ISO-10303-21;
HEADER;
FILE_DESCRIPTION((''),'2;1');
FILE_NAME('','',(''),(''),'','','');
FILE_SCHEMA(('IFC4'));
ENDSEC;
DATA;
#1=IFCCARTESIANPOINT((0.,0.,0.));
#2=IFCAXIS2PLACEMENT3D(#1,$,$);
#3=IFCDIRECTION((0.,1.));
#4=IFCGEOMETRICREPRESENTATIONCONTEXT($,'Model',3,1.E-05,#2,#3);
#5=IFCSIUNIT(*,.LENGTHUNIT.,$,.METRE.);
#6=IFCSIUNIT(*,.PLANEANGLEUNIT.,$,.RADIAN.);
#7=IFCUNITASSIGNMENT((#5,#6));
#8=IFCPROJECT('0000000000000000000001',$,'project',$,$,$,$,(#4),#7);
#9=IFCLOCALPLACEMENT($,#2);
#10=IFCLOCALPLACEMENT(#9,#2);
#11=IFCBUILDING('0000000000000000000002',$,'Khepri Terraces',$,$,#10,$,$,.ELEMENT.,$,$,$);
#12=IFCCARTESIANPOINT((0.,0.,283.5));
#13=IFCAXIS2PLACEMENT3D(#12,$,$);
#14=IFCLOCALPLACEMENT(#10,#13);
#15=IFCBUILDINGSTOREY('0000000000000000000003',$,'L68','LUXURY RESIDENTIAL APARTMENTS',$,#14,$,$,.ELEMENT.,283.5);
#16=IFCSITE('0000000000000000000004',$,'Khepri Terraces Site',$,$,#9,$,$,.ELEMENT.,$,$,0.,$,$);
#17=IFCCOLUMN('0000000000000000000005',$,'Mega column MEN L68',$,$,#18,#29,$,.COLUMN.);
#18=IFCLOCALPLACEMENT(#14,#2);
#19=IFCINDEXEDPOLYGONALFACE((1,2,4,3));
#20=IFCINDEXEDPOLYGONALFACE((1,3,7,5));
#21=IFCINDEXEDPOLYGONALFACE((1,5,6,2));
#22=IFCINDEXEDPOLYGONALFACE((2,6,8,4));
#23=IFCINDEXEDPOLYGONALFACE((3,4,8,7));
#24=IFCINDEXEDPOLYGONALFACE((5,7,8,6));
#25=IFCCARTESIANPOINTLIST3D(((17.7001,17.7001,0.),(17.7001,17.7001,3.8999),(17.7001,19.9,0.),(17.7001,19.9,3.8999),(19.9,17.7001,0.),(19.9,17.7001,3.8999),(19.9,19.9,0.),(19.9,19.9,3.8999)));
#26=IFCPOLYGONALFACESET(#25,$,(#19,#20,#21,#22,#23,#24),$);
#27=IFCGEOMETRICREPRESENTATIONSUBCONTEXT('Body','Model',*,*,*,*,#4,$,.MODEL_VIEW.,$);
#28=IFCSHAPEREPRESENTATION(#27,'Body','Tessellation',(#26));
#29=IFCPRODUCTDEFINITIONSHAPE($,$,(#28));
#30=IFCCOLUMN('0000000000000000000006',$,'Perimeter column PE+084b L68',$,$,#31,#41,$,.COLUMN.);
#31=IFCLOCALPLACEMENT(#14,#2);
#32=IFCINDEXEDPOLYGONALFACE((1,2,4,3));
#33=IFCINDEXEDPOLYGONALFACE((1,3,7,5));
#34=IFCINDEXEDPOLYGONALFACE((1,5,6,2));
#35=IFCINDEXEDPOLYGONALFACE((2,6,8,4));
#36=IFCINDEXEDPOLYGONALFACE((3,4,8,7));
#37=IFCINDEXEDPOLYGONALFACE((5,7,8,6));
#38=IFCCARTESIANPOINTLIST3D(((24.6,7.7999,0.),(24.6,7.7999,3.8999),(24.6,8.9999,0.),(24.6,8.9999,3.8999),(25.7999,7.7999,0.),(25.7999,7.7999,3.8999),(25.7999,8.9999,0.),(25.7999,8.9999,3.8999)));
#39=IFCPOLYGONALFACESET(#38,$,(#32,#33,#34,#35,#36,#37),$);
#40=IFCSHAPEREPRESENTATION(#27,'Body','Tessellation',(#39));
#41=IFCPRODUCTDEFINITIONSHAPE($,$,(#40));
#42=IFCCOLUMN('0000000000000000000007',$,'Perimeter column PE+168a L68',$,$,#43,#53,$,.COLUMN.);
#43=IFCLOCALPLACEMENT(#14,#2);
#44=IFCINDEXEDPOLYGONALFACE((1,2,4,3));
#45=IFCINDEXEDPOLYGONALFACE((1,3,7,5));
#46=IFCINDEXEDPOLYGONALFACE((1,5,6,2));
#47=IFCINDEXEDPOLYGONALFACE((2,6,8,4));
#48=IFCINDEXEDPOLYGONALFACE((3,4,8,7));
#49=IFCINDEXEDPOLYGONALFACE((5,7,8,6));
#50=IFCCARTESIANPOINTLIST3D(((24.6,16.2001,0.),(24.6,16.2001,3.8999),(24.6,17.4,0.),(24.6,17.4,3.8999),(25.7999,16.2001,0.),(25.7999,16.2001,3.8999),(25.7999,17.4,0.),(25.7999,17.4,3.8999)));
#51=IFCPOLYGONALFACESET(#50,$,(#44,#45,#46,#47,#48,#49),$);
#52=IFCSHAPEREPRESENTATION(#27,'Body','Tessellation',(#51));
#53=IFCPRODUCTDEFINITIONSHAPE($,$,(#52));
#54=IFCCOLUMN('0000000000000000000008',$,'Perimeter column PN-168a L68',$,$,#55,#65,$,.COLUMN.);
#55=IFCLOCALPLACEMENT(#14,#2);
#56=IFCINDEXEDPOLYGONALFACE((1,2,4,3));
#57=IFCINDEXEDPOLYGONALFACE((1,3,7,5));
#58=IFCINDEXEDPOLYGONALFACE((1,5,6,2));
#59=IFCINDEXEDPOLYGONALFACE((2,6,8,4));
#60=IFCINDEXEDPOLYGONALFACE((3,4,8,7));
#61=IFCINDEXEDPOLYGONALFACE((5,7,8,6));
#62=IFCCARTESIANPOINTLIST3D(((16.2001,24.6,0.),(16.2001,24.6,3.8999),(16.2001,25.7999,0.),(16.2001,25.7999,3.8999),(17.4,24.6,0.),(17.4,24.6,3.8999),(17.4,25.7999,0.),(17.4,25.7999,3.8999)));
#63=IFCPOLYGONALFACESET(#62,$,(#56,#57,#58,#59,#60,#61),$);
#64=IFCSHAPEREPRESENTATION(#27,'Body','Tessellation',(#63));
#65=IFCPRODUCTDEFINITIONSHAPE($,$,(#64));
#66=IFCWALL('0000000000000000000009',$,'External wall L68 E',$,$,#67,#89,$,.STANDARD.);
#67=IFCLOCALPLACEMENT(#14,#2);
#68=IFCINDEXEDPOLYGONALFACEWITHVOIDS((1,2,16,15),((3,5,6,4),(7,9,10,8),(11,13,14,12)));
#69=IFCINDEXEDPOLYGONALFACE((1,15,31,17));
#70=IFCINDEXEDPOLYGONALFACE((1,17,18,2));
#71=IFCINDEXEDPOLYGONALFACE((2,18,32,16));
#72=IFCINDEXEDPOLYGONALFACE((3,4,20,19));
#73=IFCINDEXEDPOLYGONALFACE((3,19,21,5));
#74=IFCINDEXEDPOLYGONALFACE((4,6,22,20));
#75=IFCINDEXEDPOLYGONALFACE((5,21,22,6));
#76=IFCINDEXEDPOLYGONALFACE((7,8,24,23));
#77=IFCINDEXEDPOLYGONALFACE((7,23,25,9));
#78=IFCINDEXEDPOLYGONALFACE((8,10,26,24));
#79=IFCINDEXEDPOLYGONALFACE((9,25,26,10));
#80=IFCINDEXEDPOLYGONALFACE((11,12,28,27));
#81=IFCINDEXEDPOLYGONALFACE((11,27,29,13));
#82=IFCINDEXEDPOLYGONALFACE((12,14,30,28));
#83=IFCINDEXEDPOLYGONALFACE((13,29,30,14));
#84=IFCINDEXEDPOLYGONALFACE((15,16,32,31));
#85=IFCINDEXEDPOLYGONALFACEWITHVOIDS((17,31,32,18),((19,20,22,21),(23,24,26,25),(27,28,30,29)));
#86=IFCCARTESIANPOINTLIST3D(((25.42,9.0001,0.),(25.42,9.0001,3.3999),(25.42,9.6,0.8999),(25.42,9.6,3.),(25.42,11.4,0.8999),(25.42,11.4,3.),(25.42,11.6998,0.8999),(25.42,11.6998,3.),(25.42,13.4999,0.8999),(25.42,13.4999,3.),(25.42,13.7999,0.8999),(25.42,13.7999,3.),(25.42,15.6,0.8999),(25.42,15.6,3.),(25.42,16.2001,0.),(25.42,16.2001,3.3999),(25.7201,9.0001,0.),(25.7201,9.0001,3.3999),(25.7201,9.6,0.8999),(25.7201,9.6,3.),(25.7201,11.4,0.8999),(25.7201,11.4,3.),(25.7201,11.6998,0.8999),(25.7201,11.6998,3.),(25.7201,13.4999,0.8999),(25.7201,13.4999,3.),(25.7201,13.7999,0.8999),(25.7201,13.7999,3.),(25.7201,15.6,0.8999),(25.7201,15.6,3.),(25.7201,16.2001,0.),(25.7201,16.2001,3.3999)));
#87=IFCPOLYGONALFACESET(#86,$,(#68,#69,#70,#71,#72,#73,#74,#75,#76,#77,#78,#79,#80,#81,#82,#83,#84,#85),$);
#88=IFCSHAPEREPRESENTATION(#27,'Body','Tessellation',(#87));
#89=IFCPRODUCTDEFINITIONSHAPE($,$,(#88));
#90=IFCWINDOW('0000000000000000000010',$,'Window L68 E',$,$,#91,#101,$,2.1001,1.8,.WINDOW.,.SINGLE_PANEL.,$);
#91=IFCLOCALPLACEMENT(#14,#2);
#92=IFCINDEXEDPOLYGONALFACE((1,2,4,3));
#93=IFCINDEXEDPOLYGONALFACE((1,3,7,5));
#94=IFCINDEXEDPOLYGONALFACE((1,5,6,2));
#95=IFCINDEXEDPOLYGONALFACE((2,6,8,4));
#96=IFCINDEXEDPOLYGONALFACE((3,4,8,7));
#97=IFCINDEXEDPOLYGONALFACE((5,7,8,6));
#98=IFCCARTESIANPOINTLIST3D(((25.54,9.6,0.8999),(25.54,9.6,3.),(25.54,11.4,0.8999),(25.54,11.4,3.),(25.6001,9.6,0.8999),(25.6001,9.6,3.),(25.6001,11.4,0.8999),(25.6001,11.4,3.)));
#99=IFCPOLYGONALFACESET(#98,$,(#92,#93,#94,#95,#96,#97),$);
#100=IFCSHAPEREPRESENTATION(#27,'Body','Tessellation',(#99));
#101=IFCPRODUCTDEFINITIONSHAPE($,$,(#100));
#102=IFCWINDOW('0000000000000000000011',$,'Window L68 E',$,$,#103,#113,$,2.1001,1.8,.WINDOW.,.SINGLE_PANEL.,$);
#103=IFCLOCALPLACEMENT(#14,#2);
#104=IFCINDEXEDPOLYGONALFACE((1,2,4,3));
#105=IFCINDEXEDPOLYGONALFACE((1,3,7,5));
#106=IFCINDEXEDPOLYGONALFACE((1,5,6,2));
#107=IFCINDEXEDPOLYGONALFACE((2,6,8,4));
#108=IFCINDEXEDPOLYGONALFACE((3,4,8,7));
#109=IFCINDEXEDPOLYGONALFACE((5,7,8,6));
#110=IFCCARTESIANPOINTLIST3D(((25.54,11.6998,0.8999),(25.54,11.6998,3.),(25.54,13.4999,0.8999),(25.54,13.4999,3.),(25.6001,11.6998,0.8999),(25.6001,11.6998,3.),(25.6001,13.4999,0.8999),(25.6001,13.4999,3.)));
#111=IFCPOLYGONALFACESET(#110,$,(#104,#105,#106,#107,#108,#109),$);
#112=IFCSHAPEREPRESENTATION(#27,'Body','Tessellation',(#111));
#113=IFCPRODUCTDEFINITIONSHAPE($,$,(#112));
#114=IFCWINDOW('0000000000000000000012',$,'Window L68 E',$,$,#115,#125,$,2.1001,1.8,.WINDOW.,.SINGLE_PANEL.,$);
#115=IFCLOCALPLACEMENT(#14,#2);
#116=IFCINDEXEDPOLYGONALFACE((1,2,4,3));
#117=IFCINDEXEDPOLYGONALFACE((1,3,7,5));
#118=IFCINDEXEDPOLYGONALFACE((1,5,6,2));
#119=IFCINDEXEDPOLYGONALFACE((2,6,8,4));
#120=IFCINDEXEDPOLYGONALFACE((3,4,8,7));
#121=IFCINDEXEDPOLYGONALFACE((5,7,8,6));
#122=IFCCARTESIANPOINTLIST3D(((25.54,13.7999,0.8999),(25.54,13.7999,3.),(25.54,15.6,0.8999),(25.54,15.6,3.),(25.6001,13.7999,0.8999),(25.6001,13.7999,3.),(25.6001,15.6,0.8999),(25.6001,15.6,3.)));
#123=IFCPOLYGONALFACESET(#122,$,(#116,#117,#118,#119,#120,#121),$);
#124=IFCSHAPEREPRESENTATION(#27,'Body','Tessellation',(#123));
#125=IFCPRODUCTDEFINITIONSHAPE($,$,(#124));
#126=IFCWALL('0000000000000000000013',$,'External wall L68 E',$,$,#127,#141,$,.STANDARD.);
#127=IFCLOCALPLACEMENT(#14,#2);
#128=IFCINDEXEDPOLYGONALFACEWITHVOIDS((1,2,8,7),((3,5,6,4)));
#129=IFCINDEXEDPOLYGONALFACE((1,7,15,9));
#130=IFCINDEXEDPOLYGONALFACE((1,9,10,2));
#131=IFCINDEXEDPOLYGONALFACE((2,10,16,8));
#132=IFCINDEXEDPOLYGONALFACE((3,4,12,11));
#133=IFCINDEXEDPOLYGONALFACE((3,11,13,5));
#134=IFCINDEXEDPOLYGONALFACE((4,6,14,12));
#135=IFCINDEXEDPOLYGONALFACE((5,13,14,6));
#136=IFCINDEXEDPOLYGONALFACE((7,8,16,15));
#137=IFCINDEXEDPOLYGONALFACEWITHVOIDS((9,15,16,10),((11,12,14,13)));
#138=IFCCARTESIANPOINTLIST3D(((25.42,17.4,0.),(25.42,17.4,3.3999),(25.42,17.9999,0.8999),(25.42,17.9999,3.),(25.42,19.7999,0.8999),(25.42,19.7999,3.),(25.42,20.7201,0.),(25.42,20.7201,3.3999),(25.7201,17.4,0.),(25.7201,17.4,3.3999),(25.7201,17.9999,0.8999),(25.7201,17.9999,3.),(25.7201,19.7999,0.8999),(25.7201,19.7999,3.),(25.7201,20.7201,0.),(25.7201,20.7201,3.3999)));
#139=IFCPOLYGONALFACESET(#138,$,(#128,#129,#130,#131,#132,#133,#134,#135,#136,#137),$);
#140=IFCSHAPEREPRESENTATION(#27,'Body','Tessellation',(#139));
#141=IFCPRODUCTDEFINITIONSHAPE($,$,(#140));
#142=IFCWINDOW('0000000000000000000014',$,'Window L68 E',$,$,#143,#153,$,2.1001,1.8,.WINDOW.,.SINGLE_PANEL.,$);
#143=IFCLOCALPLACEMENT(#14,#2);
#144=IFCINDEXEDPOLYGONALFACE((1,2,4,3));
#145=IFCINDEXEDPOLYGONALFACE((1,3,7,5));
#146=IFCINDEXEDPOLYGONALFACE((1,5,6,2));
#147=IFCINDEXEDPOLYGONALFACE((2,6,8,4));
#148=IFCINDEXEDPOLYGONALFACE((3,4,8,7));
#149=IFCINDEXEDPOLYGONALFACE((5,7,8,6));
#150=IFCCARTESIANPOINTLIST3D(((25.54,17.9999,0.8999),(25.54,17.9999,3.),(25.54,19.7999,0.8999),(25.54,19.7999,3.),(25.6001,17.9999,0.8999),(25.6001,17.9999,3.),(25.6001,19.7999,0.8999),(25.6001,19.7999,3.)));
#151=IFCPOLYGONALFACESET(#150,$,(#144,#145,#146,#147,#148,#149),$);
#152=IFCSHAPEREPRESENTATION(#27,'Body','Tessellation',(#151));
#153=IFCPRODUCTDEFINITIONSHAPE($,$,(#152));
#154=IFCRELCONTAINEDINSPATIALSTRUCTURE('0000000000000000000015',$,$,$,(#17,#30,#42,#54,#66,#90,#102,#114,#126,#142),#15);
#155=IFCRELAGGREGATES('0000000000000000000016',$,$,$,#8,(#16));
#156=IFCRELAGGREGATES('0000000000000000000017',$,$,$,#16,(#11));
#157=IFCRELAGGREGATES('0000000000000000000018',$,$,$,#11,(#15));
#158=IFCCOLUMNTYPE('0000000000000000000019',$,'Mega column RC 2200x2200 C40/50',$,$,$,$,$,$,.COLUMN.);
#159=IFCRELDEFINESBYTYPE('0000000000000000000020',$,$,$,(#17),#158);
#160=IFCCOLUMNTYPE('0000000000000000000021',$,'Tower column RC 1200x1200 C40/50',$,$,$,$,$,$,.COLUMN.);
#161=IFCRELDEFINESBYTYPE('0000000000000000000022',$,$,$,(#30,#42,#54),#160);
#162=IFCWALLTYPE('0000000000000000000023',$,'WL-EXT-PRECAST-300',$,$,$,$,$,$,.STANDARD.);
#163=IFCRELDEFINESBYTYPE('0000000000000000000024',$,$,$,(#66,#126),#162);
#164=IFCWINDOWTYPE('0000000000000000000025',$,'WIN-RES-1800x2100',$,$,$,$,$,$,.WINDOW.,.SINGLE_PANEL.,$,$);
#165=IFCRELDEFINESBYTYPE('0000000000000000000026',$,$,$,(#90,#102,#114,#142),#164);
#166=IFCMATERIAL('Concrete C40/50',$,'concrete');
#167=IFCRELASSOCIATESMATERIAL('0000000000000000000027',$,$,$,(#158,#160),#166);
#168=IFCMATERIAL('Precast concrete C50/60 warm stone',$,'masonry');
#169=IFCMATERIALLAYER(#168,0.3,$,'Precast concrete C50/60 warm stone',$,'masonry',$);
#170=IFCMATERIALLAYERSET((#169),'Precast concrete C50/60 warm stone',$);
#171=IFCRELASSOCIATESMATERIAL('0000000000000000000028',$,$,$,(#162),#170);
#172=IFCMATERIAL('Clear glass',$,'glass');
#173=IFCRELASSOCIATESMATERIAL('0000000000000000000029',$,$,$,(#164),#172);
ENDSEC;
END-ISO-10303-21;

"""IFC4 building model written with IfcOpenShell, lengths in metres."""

from ifc_helpers import new_model, si_unit, direction, frame, frame_2d, origin, origin_2d, place, context, subcontext, project, spatial, rectangle, extrude, material, layer, layer_set, material_profile, profile_set, type_object, element, fill, save


model = new_model("IFC4")

# Units and contexts
model_context = context("Model", 3, precision=1e-05, world=origin(), true_north=direction((0.0, 1.0)))
body_context = subcontext(model_context, "Body", "Model", "MODEL_VIEW")
ifc_project = project(units=[si_unit("LENGTHUNIT", "METRE"), si_unit("PLANEANGLEUNIT", "RADIAN")], contexts=[model_context])

# Site, building, storey
site_placement = place(None, origin())
site = spatial("IfcSite", under=ifc_project, at=site_placement, Name="Khepri Terraces Site", CompositionType="ELEMENT", RefElevation=0.0)
building_placement = place(site_placement, origin())
building = spatial("IfcBuilding", under=site, at=building_placement, Name="Khepri Terraces", CompositionType="ELEMENT")
storey_placement = place(building_placement, frame((0.0, 0.0, 283.5)))
storey = spatial("IfcBuildingStorey", under=building, at=storey_placement, Name="L68", Description="LUXURY RESIDENTIAL APARTMENTS", CompositionType="ELEMENT", Elevation=283.5)

# Columns
ifc_material_1 = material(Name="Concrete C40/50", Category="concrete")
ifc_material_profile_1 = material_profile(ifc_material_1, rectangle(XDim=2.2, YDim=2.2, at=origin_2d()), Name="Concrete C40/50", Category="concrete")
ifc_profile_set_1 = profile_set([ifc_material_profile_1], Name="Concrete C40/50")
column_type_1 = type_object("IfcColumnType", Name="Mega column RC 2200x2200 C40/50", PredefinedType="COLUMN", material=ifc_profile_set_1)
column_placement = place(storey_placement, frame((18.8, 18.8, 0.0), z_axis=(0.0, 0.0, 1.0), x_axis=(1.0, 0.0, 0.0)))
element("IfcColumn", 1, at=column_placement, inside=storey, type_object=column_type_1, Name="Mega column MEN L68", PredefinedType="COLUMN", context=body_context, shape_type="SweptSolid", body=[
    extrude(rectangle(XDim=2.2, YDim=2.2, at=origin_2d()), origin(), (0.0, 0.0, 1.0), 3.8999),
])
ifc_material_profile_2 = material_profile(ifc_material_1, rectangle(XDim=1.2, YDim=1.2, at=origin_2d()), Name="Concrete C40/50", Category="concrete")
ifc_profile_set_2 = profile_set([ifc_material_profile_2], Name="Concrete C40/50")
column_type_2 = type_object("IfcColumnType", Name="Tower column RC 1200x1200 C40/50", PredefinedType="COLUMN", material=ifc_profile_set_2)
for number, where, z_axis, x_axis, name in (
    (2, (25.2, 8.3999, 0.0), (0.0, 0.0, 1.0), (1.0, 0.0, 0.0), "Perimeter column PE+084b L68"),
    (3, (25.2, 16.8, 0.0), (0.0, 0.0, 1.0), (1.0, 0.0, 0.0), "Perimeter column PE+168a L68"),
    (4, (16.8, 25.2, 0.0), (0.0, 0.0, 1.0), (1.0, 0.0, 0.0), "Perimeter column PN-168a L68"),
):
    element("IfcColumn", number, at=place(storey_placement, frame(where, z_axis=z_axis, x_axis=x_axis)), inside=storey, type_object=column_type_2, Name=name, PredefinedType="COLUMN", context=body_context, shape_type="SweptSolid", body=[
        extrude(rectangle(XDim=1.2, YDim=1.2, at=origin_2d()), origin(), (0.0, 0.0, 1.0), 3.8999),
    ])

# Wall, openings, windows
ifc_material_2 = material(Name="Precast concrete C50/60 warm stone", Category="masonry")
ifc_layer_1 = layer(ifc_material_2, 0.3, Name="Precast concrete C50/60 warm stone", Category="masonry")
ifc_layer_set_1 = layer_set([ifc_layer_1], Name="Precast concrete C50/60 warm stone")
wall_type_1 = type_object("IfcWallType", Name="WL-EXT-PRECAST-300", PredefinedType="STANDARD", material=ifc_layer_set_1)
wall_1_placement = place(storey_placement, frame((25.5701, 9.0, 0.0), z_axis=(0.0, 0.0, 1.0), x_axis=(0.0, 1.0, 0.0)))
wall_1 = element("IfcWall", 5, at=wall_1_placement, inside=storey, type_object=wall_type_1, Name="External wall L68 E", PredefinedType="STANDARD", context=body_context, shape_type="SweptSolid", body=[
    extrude(rectangle(XDim=7.2, YDim=0.3, at=frame_2d((3.6001, 0.0))), origin(), (0.0, 0.0, 1.0), 3.3999),
])
opening_1_placement = place(wall_1_placement, frame((0.6001, 0.0, 0.8999)))
opening_1 = element("IfcOpeningElement", 6, at=opening_1_placement, cuts=wall_1, PredefinedType="OPENING", context=body_context, shape_type="SweptSolid", body=[
    extrude(rectangle(XDim=1.8, YDim=2.1001, at=frame_2d((0.8999, 1.05))), frame((0.0, 0.1602, 0.0), z_axis=(0.0, -1.0, 0.0), x_axis=(1.0, 0.0, 0.0)), (0.0, 0.0, 1.0), 0.3201),
])
opening_2_placement = place(wall_1_placement, frame((2.7, 0.0, 0.8999)))
opening_2 = element("IfcOpeningElement", 7, at=opening_2_placement, cuts=wall_1, PredefinedType="OPENING", context=body_context, shape_type="SweptSolid", body=[
    extrude(rectangle(XDim=1.8, YDim=2.1001, at=frame_2d((0.8999, 1.05))), frame((0.0, 0.1602, 0.0), z_axis=(0.0, -1.0, 0.0), x_axis=(1.0, 0.0, 0.0)), (0.0, 0.0, 1.0), 0.3201),
])
opening_3_placement = place(wall_1_placement, frame((4.8, 0.0, 0.8999)))
opening_3 = element("IfcOpeningElement", 8, at=opening_3_placement, cuts=wall_1, PredefinedType="OPENING", context=body_context, shape_type="SweptSolid", body=[
    extrude(rectangle(XDim=1.8, YDim=2.1001, at=frame_2d((0.8999, 1.05))), frame((0.0, 0.1602, 0.0), z_axis=(0.0, -1.0, 0.0), x_axis=(1.0, 0.0, 0.0)), (0.0, 0.0, 1.0), 0.3201),
])
ifc_material_3 = material(Name="Clear glass", Category="glass")
window_type = type_object("IfcWindowType", Name="WIN-RES-1800x2100", PartitioningType="SINGLE_PANEL", PredefinedType="WINDOW", material=ifc_material_3)
window_1_placement = place(opening_1_placement, origin())
window_1 = element("IfcWindow", 9, at=window_1_placement, inside=storey, type_object=window_type, Name="Window L68 E", OverallHeight=2.1001, OverallWidth=1.8, PartitioningType="SINGLE_PANEL", PredefinedType="WINDOW", context=body_context, shape_type="SweptSolid", body=[
    extrude(rectangle(XDim=1.8, YDim=2.1001, at=frame_2d((0.8999, 1.05))), frame((0.0, 0.03, 0.0), z_axis=(0.0, -1.0, 0.0), x_axis=(1.0, 0.0, 0.0)), (0.0, 0.0, 1.0), 0.0601),
])
fill(opening_1, window_1)
window_2_placement = place(opening_2_placement, origin())
window_2 = element("IfcWindow", 10, at=window_2_placement, inside=storey, type_object=window_type, Name="Window L68 E", OverallHeight=2.1001, OverallWidth=1.8, PartitioningType="SINGLE_PANEL", PredefinedType="WINDOW", context=body_context, shape_type="SweptSolid", body=[
    extrude(rectangle(XDim=1.8, YDim=2.1001, at=frame_2d((0.8999, 1.05))), frame((0.0, 0.03, 0.0), z_axis=(0.0, -1.0, 0.0), x_axis=(1.0, 0.0, 0.0)), (0.0, 0.0, 1.0), 0.0601),
])
fill(opening_2, window_2)
window_3_placement = place(opening_3_placement, origin())
window_3 = element("IfcWindow", 11, at=window_3_placement, inside=storey, type_object=window_type, Name="Window L68 E", OverallHeight=2.1001, OverallWidth=1.8, PartitioningType="SINGLE_PANEL", PredefinedType="WINDOW", context=body_context, shape_type="SweptSolid", body=[
    extrude(rectangle(XDim=1.8, YDim=2.1001, at=frame_2d((0.8999, 1.05))), frame((0.0, 0.03, 0.0), z_axis=(0.0, -1.0, 0.0), x_axis=(1.0, 0.0, 0.0)), (0.0, 0.0, 1.0), 0.0601),
])
fill(opening_3, window_3)

# Wall, opening, window
wall_2_placement = place(storey_placement, frame((25.5701, 17.3999, 0.0), z_axis=(0.0, 0.0, 1.0), x_axis=(0.0, 1.0, 0.0)))
wall_2 = element("IfcWall", 12, at=wall_2_placement, inside=storey, type_object=wall_type_1, Name="External wall L68 E", PredefinedType="STANDARD", context=body_context, shape_type="SweptSolid", body=[
    extrude(rectangle(XDim=3.3201, YDim=0.3, at=frame_2d((1.6602, 0.0))), origin(), (0.0, 0.0, 1.0), 3.3999),
])
opening_4_placement = place(wall_2_placement, frame((0.6001, 0.0, 0.8999)))
opening_4 = element("IfcOpeningElement", 13, at=opening_4_placement, cuts=wall_2, PredefinedType="OPENING", context=body_context, shape_type="SweptSolid", body=[
    extrude(rectangle(XDim=1.8, YDim=2.1001, at=frame_2d((0.8999, 1.05))), frame((0.0, 0.1602, 0.0), z_axis=(0.0, -1.0, 0.0), x_axis=(1.0, 0.0, 0.0)), (0.0, 0.0, 1.0), 0.3201),
])
window_4_placement = place(opening_4_placement, origin())
window_4 = element("IfcWindow", 14, at=window_4_placement, inside=storey, type_object=window_type, Name="Window L68 E", OverallHeight=2.1001, OverallWidth=1.8, PartitioningType="SINGLE_PANEL", PredefinedType="WINDOW", context=body_context, shape_type="SweptSolid", body=[
    extrude(rectangle(XDim=1.8, YDim=2.1001, at=frame_2d((0.8999, 1.05))), frame((0.0, 0.03, 0.0), z_axis=(0.0, -1.0, 0.0), x_axis=(1.0, 0.0, 0.0)), (0.0, 0.0, 1.0), 0.0601),
])
fill(opening_4, window_4)

save(model, "model.ifc")
